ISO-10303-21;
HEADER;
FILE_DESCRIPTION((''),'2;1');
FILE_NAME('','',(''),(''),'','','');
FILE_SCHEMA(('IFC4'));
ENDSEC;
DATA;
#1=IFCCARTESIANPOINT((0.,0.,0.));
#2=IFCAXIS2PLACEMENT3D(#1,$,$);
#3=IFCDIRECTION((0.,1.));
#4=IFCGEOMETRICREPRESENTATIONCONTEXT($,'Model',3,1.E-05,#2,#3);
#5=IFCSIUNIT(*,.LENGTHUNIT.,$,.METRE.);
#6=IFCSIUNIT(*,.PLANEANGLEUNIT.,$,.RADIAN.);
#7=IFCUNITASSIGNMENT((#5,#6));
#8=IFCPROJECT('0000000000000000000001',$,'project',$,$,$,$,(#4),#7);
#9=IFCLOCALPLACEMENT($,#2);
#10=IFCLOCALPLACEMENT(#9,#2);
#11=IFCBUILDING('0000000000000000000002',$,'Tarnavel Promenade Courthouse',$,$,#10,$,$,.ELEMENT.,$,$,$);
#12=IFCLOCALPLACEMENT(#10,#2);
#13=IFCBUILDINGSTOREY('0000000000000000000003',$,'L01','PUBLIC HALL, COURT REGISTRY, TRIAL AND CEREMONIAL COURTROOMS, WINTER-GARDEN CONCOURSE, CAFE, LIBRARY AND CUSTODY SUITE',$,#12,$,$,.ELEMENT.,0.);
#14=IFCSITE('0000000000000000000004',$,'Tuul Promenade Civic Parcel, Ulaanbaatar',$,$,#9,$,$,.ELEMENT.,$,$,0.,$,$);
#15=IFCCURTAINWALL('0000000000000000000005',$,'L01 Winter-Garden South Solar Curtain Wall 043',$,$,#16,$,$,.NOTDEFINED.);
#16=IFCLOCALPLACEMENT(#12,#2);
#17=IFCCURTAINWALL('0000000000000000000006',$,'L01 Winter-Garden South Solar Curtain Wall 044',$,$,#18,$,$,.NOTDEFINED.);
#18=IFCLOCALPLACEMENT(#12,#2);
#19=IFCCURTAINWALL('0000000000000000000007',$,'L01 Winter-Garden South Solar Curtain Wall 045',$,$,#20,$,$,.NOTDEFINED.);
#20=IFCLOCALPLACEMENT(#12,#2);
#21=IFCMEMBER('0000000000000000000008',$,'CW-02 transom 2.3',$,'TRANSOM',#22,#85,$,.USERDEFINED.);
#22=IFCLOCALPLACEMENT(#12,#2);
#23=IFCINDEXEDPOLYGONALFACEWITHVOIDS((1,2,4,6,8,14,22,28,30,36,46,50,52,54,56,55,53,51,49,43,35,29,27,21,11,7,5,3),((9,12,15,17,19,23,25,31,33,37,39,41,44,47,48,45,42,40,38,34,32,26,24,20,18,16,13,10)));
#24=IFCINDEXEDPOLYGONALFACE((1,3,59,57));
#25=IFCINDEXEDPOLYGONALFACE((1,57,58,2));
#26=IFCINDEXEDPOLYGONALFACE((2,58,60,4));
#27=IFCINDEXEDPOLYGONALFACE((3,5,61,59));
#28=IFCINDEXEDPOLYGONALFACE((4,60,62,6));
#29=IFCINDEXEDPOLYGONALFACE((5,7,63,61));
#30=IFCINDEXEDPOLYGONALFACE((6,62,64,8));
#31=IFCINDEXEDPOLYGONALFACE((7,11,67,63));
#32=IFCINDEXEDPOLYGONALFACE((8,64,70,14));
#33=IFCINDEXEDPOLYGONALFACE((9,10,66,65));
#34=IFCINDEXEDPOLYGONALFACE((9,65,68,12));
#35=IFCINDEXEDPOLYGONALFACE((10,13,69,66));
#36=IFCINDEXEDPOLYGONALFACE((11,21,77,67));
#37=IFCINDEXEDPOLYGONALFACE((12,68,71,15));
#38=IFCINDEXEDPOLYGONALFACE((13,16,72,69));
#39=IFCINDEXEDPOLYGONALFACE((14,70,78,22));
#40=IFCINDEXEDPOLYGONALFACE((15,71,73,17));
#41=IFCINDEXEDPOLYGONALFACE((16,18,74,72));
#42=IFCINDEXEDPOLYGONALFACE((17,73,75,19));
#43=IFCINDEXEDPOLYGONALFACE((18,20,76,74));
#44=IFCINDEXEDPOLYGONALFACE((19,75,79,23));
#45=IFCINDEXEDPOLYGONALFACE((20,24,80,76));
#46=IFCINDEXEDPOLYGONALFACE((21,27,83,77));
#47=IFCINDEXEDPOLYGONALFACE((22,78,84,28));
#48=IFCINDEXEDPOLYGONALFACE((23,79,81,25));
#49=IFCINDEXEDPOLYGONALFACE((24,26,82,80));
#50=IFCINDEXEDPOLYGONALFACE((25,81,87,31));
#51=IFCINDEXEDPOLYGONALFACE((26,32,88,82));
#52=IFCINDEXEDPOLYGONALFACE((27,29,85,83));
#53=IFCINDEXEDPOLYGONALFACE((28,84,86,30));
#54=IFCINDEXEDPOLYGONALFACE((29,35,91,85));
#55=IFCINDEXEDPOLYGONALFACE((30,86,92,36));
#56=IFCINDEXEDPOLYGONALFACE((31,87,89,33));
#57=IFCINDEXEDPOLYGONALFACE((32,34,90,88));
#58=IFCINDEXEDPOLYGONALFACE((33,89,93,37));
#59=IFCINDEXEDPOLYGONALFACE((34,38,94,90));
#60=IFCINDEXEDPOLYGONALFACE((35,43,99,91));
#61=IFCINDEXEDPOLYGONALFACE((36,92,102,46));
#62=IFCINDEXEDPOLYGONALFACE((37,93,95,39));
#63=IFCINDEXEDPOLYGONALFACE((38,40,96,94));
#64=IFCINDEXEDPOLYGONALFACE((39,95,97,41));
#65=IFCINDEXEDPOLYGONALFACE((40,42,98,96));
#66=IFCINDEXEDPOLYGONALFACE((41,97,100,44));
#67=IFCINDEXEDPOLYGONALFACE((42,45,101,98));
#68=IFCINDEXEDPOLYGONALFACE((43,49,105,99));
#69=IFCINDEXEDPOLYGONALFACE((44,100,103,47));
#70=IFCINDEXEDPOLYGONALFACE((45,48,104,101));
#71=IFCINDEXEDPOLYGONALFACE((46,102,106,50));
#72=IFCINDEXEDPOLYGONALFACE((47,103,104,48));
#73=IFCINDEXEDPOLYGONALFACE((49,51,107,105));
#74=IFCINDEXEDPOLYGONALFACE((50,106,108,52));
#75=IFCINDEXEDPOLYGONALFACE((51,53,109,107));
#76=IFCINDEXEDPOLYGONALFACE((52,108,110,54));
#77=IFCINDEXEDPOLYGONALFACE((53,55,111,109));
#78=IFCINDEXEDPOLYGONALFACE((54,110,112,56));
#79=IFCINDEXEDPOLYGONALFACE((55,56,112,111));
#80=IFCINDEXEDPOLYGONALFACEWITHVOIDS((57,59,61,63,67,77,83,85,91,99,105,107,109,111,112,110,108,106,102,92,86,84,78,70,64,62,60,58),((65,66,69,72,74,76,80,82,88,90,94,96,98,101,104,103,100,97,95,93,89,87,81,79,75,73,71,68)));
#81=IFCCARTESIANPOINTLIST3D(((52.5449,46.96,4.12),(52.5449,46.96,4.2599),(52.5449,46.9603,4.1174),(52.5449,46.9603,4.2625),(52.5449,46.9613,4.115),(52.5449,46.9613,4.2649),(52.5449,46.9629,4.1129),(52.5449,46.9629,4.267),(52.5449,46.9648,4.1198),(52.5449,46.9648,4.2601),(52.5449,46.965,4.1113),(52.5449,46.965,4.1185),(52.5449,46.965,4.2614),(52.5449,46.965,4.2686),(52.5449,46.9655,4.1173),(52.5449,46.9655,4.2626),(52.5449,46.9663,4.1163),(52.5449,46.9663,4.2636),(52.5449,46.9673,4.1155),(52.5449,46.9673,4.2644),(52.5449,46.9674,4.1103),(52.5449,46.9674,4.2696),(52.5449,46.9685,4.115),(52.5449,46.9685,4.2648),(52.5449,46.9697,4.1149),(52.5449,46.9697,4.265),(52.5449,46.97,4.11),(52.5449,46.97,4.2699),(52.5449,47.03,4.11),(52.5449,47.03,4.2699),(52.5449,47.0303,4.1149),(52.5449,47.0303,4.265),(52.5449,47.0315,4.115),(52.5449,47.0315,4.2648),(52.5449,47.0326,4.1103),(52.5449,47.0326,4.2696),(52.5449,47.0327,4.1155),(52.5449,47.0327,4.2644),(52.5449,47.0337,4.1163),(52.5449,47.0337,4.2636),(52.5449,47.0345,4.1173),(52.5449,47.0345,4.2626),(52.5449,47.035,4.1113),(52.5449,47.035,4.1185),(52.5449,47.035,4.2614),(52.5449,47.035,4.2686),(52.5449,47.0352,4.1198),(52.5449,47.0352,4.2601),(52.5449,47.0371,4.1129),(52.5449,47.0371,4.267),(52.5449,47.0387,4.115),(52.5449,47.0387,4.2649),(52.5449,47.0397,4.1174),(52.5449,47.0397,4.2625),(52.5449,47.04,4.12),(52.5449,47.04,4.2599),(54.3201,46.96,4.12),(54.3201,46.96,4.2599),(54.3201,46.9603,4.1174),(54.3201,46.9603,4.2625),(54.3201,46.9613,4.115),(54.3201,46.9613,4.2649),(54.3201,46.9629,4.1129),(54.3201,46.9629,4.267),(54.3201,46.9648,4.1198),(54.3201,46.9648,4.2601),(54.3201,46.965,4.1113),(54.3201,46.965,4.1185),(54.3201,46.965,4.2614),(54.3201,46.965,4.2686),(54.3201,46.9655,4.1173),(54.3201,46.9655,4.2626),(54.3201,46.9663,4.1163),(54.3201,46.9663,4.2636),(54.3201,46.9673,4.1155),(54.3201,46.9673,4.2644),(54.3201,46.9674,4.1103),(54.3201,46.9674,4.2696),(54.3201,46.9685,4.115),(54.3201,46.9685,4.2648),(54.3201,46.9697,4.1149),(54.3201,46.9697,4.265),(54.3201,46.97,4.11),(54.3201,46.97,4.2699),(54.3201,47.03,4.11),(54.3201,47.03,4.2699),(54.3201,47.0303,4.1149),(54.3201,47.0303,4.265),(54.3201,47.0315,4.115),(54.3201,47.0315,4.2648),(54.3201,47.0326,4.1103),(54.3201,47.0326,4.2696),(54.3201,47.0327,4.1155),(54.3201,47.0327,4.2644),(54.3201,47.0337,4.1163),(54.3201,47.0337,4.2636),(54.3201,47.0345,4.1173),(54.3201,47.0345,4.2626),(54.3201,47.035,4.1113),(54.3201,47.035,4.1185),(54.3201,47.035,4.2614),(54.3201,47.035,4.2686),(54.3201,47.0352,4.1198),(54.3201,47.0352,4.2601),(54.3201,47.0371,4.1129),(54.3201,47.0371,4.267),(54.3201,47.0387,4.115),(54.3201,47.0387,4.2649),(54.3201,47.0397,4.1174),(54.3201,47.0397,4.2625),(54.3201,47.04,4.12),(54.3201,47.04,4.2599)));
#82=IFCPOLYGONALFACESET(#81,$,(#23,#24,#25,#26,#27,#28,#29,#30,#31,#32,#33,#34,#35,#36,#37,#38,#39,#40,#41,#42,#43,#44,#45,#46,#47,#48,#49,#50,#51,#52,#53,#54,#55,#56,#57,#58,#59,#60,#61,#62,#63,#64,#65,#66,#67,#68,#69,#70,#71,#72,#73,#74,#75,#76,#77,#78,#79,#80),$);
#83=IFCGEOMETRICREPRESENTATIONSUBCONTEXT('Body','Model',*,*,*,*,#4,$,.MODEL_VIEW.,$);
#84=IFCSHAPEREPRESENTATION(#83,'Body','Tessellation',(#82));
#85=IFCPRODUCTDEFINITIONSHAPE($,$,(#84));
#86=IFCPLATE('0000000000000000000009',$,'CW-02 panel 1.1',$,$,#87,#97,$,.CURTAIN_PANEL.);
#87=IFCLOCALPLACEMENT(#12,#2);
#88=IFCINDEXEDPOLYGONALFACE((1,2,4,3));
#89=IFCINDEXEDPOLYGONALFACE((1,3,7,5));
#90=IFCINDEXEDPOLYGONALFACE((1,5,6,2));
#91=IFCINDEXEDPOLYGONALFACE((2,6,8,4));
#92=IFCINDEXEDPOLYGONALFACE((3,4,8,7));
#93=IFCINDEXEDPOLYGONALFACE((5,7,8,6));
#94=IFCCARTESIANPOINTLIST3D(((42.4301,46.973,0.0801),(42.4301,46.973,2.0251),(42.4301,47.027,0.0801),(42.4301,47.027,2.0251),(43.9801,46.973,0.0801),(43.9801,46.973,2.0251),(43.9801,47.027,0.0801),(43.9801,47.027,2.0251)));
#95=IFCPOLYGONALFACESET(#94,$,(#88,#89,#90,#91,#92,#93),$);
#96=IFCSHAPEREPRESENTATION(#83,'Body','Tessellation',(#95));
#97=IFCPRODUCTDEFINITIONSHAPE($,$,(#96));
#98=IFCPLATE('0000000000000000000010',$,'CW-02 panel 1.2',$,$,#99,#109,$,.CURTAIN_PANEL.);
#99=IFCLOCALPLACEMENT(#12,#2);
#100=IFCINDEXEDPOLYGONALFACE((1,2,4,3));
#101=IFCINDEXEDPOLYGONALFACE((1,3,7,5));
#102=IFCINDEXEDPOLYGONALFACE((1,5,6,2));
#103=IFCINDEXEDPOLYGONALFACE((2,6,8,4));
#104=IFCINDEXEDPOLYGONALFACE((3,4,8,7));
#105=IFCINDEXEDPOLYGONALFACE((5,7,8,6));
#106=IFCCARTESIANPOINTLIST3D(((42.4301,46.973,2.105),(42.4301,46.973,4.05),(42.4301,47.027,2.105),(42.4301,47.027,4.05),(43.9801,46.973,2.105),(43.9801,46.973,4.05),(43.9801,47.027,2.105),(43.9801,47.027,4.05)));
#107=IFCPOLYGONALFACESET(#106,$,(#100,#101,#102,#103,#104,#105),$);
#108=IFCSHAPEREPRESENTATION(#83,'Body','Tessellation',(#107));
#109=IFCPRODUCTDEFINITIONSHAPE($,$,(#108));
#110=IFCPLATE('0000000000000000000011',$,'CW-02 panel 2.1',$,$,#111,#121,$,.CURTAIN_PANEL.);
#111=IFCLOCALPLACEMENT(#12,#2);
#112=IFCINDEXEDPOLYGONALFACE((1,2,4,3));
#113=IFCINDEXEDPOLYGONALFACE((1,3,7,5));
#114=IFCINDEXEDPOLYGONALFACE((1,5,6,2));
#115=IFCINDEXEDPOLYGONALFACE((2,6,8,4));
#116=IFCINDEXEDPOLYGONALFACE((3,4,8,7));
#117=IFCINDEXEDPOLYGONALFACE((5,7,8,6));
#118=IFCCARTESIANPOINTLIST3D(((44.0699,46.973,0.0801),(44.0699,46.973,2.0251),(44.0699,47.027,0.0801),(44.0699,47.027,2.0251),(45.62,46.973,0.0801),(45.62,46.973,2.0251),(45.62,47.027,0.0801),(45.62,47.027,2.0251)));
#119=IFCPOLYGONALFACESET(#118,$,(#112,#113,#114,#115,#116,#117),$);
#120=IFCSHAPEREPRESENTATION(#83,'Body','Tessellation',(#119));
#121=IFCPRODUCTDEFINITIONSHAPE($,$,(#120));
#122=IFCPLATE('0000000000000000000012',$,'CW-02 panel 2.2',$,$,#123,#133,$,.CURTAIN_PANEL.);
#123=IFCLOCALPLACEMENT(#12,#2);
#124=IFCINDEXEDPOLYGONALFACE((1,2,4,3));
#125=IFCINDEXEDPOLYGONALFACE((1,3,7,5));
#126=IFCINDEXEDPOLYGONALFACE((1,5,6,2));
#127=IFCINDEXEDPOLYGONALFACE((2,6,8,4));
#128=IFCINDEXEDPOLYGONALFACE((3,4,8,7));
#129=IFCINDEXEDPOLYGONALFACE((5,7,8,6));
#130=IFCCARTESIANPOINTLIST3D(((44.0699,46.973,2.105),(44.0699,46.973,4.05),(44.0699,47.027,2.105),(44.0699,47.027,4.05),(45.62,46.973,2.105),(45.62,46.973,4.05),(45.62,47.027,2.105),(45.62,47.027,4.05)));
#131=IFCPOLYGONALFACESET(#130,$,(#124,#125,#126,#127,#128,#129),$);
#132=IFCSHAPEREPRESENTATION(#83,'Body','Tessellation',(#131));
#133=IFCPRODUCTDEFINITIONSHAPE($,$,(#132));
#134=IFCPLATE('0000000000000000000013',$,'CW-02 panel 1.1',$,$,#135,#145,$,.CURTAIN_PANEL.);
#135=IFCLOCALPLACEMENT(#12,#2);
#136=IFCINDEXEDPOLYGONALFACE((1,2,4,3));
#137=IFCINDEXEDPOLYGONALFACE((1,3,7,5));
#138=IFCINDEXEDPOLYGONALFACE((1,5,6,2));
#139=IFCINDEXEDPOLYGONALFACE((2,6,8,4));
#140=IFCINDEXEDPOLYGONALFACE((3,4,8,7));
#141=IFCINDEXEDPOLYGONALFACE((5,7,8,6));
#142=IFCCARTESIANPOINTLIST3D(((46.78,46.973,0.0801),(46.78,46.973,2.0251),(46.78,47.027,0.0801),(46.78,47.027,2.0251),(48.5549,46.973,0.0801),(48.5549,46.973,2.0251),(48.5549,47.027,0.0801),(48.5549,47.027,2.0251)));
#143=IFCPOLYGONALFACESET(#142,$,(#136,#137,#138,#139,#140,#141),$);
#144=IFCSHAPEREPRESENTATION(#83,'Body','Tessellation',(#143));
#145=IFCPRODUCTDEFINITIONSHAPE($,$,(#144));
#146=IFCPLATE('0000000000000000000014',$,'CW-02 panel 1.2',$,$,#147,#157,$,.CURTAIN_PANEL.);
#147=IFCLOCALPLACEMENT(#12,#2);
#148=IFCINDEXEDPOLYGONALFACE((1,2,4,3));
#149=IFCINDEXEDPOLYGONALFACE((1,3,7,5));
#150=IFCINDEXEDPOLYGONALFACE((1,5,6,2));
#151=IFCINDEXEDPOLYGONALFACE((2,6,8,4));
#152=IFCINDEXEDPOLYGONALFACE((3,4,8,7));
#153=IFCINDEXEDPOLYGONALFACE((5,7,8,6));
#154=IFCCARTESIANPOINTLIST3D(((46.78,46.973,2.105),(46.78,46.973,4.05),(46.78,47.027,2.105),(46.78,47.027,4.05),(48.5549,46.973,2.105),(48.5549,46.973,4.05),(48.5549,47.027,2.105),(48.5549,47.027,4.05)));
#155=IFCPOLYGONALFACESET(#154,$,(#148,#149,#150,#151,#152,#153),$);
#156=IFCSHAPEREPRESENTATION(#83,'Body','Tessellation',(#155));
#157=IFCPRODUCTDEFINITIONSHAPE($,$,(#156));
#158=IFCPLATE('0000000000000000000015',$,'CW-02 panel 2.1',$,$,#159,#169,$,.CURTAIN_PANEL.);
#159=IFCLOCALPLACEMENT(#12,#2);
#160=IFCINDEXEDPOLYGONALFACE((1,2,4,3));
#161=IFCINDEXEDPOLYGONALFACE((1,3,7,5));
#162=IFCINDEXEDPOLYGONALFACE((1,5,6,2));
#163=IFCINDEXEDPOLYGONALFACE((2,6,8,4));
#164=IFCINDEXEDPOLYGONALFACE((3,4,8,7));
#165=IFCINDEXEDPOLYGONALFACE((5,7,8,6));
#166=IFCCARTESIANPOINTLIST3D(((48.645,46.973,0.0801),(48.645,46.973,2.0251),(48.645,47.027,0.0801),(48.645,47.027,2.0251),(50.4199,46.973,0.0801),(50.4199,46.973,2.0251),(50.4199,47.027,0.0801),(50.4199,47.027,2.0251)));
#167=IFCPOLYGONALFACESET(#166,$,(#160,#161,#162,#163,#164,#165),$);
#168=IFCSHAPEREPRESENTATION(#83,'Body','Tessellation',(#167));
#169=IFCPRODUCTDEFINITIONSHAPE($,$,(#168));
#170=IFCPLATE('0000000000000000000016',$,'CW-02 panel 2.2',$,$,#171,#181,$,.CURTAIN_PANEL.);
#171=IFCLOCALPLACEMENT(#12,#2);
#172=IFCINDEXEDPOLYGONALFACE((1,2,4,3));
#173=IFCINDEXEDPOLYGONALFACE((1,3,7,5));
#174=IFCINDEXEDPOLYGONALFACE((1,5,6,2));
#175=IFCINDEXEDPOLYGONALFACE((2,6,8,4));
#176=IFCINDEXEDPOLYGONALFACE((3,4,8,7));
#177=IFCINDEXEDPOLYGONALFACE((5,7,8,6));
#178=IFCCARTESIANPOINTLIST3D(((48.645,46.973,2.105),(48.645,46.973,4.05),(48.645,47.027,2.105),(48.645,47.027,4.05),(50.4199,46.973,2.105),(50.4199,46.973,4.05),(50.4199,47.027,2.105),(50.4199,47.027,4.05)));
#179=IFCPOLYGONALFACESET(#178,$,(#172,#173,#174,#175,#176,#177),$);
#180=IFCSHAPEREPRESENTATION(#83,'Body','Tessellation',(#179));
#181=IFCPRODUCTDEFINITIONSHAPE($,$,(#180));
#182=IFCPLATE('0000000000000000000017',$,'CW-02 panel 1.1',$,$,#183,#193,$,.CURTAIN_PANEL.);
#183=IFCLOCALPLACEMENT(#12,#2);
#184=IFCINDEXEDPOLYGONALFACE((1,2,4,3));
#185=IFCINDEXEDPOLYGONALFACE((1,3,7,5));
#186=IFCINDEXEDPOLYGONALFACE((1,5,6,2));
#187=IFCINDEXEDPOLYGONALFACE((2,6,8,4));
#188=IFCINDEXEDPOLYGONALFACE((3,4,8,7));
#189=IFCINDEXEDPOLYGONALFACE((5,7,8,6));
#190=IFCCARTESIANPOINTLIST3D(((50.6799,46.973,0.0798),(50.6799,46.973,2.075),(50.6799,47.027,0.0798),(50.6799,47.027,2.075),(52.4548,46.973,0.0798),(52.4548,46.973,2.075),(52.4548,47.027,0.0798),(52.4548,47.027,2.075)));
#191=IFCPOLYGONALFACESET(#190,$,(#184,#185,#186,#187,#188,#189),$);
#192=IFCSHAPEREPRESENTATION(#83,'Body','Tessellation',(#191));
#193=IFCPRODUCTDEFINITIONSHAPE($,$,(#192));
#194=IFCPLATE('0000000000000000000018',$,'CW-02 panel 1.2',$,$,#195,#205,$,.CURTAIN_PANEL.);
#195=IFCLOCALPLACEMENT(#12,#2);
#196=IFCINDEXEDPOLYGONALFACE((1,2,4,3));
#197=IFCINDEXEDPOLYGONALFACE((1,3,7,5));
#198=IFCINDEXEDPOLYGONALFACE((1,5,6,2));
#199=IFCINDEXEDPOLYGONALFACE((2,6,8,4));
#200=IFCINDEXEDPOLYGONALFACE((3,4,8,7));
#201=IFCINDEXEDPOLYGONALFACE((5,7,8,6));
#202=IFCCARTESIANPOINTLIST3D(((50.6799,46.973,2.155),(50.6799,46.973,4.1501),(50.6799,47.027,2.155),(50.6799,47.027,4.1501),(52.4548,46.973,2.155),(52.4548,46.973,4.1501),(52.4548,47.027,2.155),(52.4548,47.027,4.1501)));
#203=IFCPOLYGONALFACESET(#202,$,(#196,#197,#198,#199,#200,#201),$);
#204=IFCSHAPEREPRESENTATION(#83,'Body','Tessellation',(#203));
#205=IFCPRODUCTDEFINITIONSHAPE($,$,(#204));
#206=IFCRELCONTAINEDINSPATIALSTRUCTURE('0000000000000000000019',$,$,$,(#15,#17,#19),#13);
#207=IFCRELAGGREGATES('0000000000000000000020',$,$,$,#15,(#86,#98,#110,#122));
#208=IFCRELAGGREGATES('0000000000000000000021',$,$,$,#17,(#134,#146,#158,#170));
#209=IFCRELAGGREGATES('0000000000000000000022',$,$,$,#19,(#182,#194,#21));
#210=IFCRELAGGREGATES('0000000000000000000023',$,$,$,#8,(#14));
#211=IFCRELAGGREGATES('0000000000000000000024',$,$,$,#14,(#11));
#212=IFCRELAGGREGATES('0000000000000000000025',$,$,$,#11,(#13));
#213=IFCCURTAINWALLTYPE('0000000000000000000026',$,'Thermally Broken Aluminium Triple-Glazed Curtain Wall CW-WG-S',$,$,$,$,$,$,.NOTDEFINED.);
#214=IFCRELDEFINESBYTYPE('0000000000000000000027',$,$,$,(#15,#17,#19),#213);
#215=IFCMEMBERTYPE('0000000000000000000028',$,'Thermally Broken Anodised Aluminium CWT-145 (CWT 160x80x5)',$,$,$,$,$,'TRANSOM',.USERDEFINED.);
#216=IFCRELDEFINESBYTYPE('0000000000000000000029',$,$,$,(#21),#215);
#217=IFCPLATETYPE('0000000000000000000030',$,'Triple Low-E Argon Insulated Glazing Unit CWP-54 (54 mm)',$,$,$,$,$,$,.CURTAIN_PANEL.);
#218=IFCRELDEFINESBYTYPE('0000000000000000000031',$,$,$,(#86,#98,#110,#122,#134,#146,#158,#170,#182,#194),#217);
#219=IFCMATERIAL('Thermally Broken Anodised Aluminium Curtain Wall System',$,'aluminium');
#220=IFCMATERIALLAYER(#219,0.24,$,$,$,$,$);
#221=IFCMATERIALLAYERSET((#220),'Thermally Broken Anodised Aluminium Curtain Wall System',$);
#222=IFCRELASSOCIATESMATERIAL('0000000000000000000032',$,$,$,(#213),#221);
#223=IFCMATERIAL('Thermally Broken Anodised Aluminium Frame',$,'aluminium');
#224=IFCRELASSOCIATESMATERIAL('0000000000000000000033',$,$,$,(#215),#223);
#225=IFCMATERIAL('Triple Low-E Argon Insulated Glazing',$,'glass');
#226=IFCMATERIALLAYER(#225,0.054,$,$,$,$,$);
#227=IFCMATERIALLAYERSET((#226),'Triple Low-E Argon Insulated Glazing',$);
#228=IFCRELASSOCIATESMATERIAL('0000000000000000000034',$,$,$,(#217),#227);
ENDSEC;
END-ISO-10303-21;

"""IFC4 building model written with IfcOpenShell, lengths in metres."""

from ifc_helpers import new_model, si_unit, direction, frame, origin, origin_2d, place, context, subcontext, project, spatial, rectangle, hollow_rectangle, extrude, material, layer, layer_set, material_profile, profile_set, type_object, element, aggregate, save


model = new_model("IFC4")

# Units and contexts
model_context = context("Model", 3, precision=1e-05, world=origin(), true_north=direction((0.0, 1.0)))
body_context = subcontext(model_context, "Body", "Model", "MODEL_VIEW")
ifc_project = project(units=[si_unit("LENGTHUNIT", "METRE"), si_unit("PLANEANGLEUNIT", "RADIAN")], contexts=[model_context])

# Site, building, storey
site_placement = place(None, origin())
site = spatial("IfcSite", under=ifc_project, at=site_placement, Name="Tuul Promenade Civic Parcel, Ulaanbaatar", CompositionType="ELEMENT", RefElevation=0.0)
building_placement = place(site_placement, origin())
building = spatial("IfcBuilding", under=site, at=building_placement, Name="Tarnavel Promenade Courthouse", CompositionType="ELEMENT")
storey_placement = place(building_placement, origin())
storey = spatial("IfcBuildingStorey", under=building, at=storey_placement, Name="L01", Description="PUBLIC HALL, COURT REGISTRY, TRIAL AND CEREMONIAL COURTROOMS, WINTER-GARDEN CONCOURSE, CAFE, LIBRARY AND CUSTODY SUITE", CompositionType="ELEMENT", Elevation=0.0)

# Curtain walls
ifc_material_1 = material(Name="Thermally Broken Anodised Aluminium Curtain Wall System", Category="aluminium")
ifc_layer_1 = layer(ifc_material_1, 0.24)
ifc_layer_set_1 = layer_set([ifc_layer_1], Name="Thermally Broken Anodised Aluminium Curtain Wall System")
curtain_wall_type = type_object("IfcCurtainWallType", Name="Thermally Broken Aluminium Triple-Glazed Curtain Wall CW-WG-S", PredefinedType="NOTDEFINED", material=ifc_layer_set_1)
curtain_wall_1_placement = place(storey_placement, origin())
curtain_wall_1 = element("IfcCurtainWall", 1, at=curtain_wall_1_placement, inside=storey, type_object=curtain_wall_type, Name="L01 Winter-Garden South Solar Curtain Wall 043", PredefinedType="NOTDEFINED")
ifc_material_2 = material(Name="Thermally Broken Anodised Aluminium Frame", Category="aluminium")
curtain_wall_2_placement = place(storey_placement, origin())
curtain_wall_2 = element("IfcCurtainWall", 2, at=curtain_wall_2_placement, inside=storey, type_object=curtain_wall_type, Name="L01 Winter-Garden South Solar Curtain Wall 044", PredefinedType="NOTDEFINED")
curtain_wall_3_placement = place(storey_placement, origin())
curtain_wall_3 = element("IfcCurtainWall", 3, at=curtain_wall_3_placement, inside=storey, type_object=curtain_wall_type, Name="L01 Winter-Garden South Solar Curtain Wall 045", PredefinedType="NOTDEFINED")

# Member
ifc_material_profile_1 = material_profile(ifc_material_2, hollow_rectangle(XDim=0.0801, YDim=0.1599, WallThickness=0.0049, InnerFilletRadius=0.0049, OuterFilletRadius=0.01, at=origin_2d()), Name="CWT 160x80x5")
ifc_profile_set_1 = profile_set([ifc_material_profile_1], Name="Thermally Broken Anodised Aluminium Frame")
member_type_1 = type_object("IfcMemberType", Name="Thermally Broken Anodised Aluminium CWT-145 (CWT 160x80x5)", ElementType="TRANSOM", PredefinedType="USERDEFINED", material=ifc_profile_set_1)
member_1_placement = place(storey_placement, frame((52.5449, 47.0, 4.1899), z_axis=(1.0, 0.0, 0.0), x_axis=(0.0, 1.0, 0.0)))
member_1 = element("IfcMember", 4, at=member_1_placement, type_object=member_type_1, Name="CW-02 transom 2.3", ObjectType="TRANSOM", PredefinedType="USERDEFINED", context=body_context, shape_type="SweptSolid", body=[
    extrude(hollow_rectangle(XDim=0.0801, YDim=0.1599, WallThickness=0.0049, InnerFilletRadius=0.0049, OuterFilletRadius=0.01, at=origin_2d()), origin(), (0.0, 0.0, 1.0), 1.7751),
])

# Plates
ifc_material_3 = material(Name="Triple Low-E Argon Insulated Glazing", Category="glass")
ifc_layer_2 = layer(ifc_material_3, 0.054)
ifc_layer_set_2 = layer_set([ifc_layer_2], Name="Triple Low-E Argon Insulated Glazing")
plate_type = type_object("IfcPlateType", Name="Triple Low-E Argon Insulated Glazing Unit CWP-54 (54 mm)", PredefinedType="CURTAIN_PANEL", material=ifc_layer_set_2)
plate_1_placement = place(storey_placement, frame((43.2051, 47.0, 0.0801), z_axis=(0.0, 0.0, 1.0), x_axis=(1.0, 0.0, 0.0)))
plate_1 = element("IfcPlate", 5, at=plate_1_placement, type_object=plate_type, Name="CW-02 panel 1.1", PredefinedType="CURTAIN_PANEL", context=body_context, shape_type="SweptSolid", body=[
    extrude(rectangle(XDim=1.55, YDim=0.054, at=origin_2d()), origin(), (0.0, 0.0, 1.0), 1.9451),
])
plate_2_placement = place(storey_placement, frame((43.2051, 47.0, 2.105), z_axis=(0.0, 0.0, 1.0), x_axis=(1.0, 0.0, 0.0)))
plate_2 = element("IfcPlate", 6, at=plate_2_placement, type_object=plate_type, Name="CW-02 panel 1.2", PredefinedType="CURTAIN_PANEL", context=body_context, shape_type="SweptSolid", body=[
    extrude(rectangle(XDim=1.55, YDim=0.054, at=origin_2d()), origin(), (0.0, 0.0, 1.0), 1.9451),
])
plate_3_placement = place(storey_placement, frame((44.845, 47.0, 0.0801), z_axis=(0.0, 0.0, 1.0), x_axis=(1.0, 0.0, 0.0)))
plate_3 = element("IfcPlate", 7, at=plate_3_placement, type_object=plate_type, Name="CW-02 panel 2.1", PredefinedType="CURTAIN_PANEL", context=body_context, shape_type="SweptSolid", body=[
    extrude(rectangle(XDim=1.55, YDim=0.054, at=origin_2d()), origin(), (0.0, 0.0, 1.0), 1.9451),
])
plate_4_placement = place(storey_placement, frame((44.845, 47.0, 2.105), z_axis=(0.0, 0.0, 1.0), x_axis=(1.0, 0.0, 0.0)))
plate_4 = element("IfcPlate", 8, at=plate_4_placement, type_object=plate_type, Name="CW-02 panel 2.2", PredefinedType="CURTAIN_PANEL", context=body_context, shape_type="SweptSolid", body=[
    extrude(rectangle(XDim=1.55, YDim=0.054, at=origin_2d()), origin(), (0.0, 0.0, 1.0), 1.9451),
])
aggregate(curtain_wall_1, [plate_1, plate_2, plate_3, plate_4])
plate_5_placement = place(storey_placement, frame((47.6675, 47.0, 0.0801), z_axis=(0.0, 0.0, 1.0), x_axis=(1.0, 0.0, 0.0)))
plate_5 = element("IfcPlate", 9, at=plate_5_placement, type_object=plate_type, Name="CW-02 panel 1.1", PredefinedType="CURTAIN_PANEL", context=body_context, shape_type="SweptSolid", body=[
    extrude(rectangle(XDim=1.7749, YDim=0.054, at=origin_2d()), origin(), (0.0, 0.0, 1.0), 1.9451),
])
plate_6_placement = place(storey_placement, frame((47.6675, 47.0, 2.105), z_axis=(0.0, 0.0, 1.0), x_axis=(1.0, 0.0, 0.0)))
plate_6 = element("IfcPlate", 10, at=plate_6_placement, type_object=plate_type, Name="CW-02 panel 1.2", PredefinedType="CURTAIN_PANEL", context=body_context, shape_type="SweptSolid", body=[
    extrude(rectangle(XDim=1.7749, YDim=0.054, at=origin_2d()), origin(), (0.0, 0.0, 1.0), 1.9451),
])
plate_7_placement = place(storey_placement, frame((49.5325, 47.0, 0.0801), z_axis=(0.0, 0.0, 1.0), x_axis=(1.0, 0.0, 0.0)))
plate_7 = element("IfcPlate", 11, at=plate_7_placement, type_object=plate_type, Name="CW-02 panel 2.1", PredefinedType="CURTAIN_PANEL", context=body_context, shape_type="SweptSolid", body=[
    extrude(rectangle(XDim=1.7749, YDim=0.054, at=origin_2d()), origin(), (0.0, 0.0, 1.0), 1.9451),
])
plate_8_placement = place(storey_placement, frame((49.5325, 47.0, 2.105), z_axis=(0.0, 0.0, 1.0), x_axis=(1.0, 0.0, 0.0)))
plate_8 = element("IfcPlate", 12, at=plate_8_placement, type_object=plate_type, Name="CW-02 panel 2.2", PredefinedType="CURTAIN_PANEL", context=body_context, shape_type="SweptSolid", body=[
    extrude(rectangle(XDim=1.7749, YDim=0.054, at=origin_2d()), origin(), (0.0, 0.0, 1.0), 1.9451),
])
aggregate(curtain_wall_2, [plate_5, plate_6, plate_7, plate_8])
plate_9_placement = place(storey_placement, frame((51.5674, 47.0, 0.0798), z_axis=(0.0, 0.0, 1.0), x_axis=(1.0, 0.0, 0.0)))
plate_9 = element("IfcPlate", 13, at=plate_9_placement, type_object=plate_type, Name="CW-02 panel 1.1", PredefinedType="CURTAIN_PANEL", context=body_context, shape_type="SweptSolid", body=[
    extrude(rectangle(XDim=1.7749, YDim=0.054, at=origin_2d()), origin(), (0.0, 0.0, 1.0), 1.9951),
])
plate_10_placement = place(storey_placement, frame((51.5674, 47.0, 2.155), z_axis=(0.0, 0.0, 1.0), x_axis=(1.0, 0.0, 0.0)))
plate_10 = element("IfcPlate", 14, at=plate_10_placement, type_object=plate_type, Name="CW-02 panel 1.2", PredefinedType="CURTAIN_PANEL", context=body_context, shape_type="SweptSolid", body=[
    extrude(rectangle(XDim=1.7749, YDim=0.054, at=origin_2d()), origin(), (0.0, 0.0, 1.0), 1.9951),
])
aggregate(curtain_wall_3, [plate_9, plate_10, member_1])

save(model, "model.ifc")
